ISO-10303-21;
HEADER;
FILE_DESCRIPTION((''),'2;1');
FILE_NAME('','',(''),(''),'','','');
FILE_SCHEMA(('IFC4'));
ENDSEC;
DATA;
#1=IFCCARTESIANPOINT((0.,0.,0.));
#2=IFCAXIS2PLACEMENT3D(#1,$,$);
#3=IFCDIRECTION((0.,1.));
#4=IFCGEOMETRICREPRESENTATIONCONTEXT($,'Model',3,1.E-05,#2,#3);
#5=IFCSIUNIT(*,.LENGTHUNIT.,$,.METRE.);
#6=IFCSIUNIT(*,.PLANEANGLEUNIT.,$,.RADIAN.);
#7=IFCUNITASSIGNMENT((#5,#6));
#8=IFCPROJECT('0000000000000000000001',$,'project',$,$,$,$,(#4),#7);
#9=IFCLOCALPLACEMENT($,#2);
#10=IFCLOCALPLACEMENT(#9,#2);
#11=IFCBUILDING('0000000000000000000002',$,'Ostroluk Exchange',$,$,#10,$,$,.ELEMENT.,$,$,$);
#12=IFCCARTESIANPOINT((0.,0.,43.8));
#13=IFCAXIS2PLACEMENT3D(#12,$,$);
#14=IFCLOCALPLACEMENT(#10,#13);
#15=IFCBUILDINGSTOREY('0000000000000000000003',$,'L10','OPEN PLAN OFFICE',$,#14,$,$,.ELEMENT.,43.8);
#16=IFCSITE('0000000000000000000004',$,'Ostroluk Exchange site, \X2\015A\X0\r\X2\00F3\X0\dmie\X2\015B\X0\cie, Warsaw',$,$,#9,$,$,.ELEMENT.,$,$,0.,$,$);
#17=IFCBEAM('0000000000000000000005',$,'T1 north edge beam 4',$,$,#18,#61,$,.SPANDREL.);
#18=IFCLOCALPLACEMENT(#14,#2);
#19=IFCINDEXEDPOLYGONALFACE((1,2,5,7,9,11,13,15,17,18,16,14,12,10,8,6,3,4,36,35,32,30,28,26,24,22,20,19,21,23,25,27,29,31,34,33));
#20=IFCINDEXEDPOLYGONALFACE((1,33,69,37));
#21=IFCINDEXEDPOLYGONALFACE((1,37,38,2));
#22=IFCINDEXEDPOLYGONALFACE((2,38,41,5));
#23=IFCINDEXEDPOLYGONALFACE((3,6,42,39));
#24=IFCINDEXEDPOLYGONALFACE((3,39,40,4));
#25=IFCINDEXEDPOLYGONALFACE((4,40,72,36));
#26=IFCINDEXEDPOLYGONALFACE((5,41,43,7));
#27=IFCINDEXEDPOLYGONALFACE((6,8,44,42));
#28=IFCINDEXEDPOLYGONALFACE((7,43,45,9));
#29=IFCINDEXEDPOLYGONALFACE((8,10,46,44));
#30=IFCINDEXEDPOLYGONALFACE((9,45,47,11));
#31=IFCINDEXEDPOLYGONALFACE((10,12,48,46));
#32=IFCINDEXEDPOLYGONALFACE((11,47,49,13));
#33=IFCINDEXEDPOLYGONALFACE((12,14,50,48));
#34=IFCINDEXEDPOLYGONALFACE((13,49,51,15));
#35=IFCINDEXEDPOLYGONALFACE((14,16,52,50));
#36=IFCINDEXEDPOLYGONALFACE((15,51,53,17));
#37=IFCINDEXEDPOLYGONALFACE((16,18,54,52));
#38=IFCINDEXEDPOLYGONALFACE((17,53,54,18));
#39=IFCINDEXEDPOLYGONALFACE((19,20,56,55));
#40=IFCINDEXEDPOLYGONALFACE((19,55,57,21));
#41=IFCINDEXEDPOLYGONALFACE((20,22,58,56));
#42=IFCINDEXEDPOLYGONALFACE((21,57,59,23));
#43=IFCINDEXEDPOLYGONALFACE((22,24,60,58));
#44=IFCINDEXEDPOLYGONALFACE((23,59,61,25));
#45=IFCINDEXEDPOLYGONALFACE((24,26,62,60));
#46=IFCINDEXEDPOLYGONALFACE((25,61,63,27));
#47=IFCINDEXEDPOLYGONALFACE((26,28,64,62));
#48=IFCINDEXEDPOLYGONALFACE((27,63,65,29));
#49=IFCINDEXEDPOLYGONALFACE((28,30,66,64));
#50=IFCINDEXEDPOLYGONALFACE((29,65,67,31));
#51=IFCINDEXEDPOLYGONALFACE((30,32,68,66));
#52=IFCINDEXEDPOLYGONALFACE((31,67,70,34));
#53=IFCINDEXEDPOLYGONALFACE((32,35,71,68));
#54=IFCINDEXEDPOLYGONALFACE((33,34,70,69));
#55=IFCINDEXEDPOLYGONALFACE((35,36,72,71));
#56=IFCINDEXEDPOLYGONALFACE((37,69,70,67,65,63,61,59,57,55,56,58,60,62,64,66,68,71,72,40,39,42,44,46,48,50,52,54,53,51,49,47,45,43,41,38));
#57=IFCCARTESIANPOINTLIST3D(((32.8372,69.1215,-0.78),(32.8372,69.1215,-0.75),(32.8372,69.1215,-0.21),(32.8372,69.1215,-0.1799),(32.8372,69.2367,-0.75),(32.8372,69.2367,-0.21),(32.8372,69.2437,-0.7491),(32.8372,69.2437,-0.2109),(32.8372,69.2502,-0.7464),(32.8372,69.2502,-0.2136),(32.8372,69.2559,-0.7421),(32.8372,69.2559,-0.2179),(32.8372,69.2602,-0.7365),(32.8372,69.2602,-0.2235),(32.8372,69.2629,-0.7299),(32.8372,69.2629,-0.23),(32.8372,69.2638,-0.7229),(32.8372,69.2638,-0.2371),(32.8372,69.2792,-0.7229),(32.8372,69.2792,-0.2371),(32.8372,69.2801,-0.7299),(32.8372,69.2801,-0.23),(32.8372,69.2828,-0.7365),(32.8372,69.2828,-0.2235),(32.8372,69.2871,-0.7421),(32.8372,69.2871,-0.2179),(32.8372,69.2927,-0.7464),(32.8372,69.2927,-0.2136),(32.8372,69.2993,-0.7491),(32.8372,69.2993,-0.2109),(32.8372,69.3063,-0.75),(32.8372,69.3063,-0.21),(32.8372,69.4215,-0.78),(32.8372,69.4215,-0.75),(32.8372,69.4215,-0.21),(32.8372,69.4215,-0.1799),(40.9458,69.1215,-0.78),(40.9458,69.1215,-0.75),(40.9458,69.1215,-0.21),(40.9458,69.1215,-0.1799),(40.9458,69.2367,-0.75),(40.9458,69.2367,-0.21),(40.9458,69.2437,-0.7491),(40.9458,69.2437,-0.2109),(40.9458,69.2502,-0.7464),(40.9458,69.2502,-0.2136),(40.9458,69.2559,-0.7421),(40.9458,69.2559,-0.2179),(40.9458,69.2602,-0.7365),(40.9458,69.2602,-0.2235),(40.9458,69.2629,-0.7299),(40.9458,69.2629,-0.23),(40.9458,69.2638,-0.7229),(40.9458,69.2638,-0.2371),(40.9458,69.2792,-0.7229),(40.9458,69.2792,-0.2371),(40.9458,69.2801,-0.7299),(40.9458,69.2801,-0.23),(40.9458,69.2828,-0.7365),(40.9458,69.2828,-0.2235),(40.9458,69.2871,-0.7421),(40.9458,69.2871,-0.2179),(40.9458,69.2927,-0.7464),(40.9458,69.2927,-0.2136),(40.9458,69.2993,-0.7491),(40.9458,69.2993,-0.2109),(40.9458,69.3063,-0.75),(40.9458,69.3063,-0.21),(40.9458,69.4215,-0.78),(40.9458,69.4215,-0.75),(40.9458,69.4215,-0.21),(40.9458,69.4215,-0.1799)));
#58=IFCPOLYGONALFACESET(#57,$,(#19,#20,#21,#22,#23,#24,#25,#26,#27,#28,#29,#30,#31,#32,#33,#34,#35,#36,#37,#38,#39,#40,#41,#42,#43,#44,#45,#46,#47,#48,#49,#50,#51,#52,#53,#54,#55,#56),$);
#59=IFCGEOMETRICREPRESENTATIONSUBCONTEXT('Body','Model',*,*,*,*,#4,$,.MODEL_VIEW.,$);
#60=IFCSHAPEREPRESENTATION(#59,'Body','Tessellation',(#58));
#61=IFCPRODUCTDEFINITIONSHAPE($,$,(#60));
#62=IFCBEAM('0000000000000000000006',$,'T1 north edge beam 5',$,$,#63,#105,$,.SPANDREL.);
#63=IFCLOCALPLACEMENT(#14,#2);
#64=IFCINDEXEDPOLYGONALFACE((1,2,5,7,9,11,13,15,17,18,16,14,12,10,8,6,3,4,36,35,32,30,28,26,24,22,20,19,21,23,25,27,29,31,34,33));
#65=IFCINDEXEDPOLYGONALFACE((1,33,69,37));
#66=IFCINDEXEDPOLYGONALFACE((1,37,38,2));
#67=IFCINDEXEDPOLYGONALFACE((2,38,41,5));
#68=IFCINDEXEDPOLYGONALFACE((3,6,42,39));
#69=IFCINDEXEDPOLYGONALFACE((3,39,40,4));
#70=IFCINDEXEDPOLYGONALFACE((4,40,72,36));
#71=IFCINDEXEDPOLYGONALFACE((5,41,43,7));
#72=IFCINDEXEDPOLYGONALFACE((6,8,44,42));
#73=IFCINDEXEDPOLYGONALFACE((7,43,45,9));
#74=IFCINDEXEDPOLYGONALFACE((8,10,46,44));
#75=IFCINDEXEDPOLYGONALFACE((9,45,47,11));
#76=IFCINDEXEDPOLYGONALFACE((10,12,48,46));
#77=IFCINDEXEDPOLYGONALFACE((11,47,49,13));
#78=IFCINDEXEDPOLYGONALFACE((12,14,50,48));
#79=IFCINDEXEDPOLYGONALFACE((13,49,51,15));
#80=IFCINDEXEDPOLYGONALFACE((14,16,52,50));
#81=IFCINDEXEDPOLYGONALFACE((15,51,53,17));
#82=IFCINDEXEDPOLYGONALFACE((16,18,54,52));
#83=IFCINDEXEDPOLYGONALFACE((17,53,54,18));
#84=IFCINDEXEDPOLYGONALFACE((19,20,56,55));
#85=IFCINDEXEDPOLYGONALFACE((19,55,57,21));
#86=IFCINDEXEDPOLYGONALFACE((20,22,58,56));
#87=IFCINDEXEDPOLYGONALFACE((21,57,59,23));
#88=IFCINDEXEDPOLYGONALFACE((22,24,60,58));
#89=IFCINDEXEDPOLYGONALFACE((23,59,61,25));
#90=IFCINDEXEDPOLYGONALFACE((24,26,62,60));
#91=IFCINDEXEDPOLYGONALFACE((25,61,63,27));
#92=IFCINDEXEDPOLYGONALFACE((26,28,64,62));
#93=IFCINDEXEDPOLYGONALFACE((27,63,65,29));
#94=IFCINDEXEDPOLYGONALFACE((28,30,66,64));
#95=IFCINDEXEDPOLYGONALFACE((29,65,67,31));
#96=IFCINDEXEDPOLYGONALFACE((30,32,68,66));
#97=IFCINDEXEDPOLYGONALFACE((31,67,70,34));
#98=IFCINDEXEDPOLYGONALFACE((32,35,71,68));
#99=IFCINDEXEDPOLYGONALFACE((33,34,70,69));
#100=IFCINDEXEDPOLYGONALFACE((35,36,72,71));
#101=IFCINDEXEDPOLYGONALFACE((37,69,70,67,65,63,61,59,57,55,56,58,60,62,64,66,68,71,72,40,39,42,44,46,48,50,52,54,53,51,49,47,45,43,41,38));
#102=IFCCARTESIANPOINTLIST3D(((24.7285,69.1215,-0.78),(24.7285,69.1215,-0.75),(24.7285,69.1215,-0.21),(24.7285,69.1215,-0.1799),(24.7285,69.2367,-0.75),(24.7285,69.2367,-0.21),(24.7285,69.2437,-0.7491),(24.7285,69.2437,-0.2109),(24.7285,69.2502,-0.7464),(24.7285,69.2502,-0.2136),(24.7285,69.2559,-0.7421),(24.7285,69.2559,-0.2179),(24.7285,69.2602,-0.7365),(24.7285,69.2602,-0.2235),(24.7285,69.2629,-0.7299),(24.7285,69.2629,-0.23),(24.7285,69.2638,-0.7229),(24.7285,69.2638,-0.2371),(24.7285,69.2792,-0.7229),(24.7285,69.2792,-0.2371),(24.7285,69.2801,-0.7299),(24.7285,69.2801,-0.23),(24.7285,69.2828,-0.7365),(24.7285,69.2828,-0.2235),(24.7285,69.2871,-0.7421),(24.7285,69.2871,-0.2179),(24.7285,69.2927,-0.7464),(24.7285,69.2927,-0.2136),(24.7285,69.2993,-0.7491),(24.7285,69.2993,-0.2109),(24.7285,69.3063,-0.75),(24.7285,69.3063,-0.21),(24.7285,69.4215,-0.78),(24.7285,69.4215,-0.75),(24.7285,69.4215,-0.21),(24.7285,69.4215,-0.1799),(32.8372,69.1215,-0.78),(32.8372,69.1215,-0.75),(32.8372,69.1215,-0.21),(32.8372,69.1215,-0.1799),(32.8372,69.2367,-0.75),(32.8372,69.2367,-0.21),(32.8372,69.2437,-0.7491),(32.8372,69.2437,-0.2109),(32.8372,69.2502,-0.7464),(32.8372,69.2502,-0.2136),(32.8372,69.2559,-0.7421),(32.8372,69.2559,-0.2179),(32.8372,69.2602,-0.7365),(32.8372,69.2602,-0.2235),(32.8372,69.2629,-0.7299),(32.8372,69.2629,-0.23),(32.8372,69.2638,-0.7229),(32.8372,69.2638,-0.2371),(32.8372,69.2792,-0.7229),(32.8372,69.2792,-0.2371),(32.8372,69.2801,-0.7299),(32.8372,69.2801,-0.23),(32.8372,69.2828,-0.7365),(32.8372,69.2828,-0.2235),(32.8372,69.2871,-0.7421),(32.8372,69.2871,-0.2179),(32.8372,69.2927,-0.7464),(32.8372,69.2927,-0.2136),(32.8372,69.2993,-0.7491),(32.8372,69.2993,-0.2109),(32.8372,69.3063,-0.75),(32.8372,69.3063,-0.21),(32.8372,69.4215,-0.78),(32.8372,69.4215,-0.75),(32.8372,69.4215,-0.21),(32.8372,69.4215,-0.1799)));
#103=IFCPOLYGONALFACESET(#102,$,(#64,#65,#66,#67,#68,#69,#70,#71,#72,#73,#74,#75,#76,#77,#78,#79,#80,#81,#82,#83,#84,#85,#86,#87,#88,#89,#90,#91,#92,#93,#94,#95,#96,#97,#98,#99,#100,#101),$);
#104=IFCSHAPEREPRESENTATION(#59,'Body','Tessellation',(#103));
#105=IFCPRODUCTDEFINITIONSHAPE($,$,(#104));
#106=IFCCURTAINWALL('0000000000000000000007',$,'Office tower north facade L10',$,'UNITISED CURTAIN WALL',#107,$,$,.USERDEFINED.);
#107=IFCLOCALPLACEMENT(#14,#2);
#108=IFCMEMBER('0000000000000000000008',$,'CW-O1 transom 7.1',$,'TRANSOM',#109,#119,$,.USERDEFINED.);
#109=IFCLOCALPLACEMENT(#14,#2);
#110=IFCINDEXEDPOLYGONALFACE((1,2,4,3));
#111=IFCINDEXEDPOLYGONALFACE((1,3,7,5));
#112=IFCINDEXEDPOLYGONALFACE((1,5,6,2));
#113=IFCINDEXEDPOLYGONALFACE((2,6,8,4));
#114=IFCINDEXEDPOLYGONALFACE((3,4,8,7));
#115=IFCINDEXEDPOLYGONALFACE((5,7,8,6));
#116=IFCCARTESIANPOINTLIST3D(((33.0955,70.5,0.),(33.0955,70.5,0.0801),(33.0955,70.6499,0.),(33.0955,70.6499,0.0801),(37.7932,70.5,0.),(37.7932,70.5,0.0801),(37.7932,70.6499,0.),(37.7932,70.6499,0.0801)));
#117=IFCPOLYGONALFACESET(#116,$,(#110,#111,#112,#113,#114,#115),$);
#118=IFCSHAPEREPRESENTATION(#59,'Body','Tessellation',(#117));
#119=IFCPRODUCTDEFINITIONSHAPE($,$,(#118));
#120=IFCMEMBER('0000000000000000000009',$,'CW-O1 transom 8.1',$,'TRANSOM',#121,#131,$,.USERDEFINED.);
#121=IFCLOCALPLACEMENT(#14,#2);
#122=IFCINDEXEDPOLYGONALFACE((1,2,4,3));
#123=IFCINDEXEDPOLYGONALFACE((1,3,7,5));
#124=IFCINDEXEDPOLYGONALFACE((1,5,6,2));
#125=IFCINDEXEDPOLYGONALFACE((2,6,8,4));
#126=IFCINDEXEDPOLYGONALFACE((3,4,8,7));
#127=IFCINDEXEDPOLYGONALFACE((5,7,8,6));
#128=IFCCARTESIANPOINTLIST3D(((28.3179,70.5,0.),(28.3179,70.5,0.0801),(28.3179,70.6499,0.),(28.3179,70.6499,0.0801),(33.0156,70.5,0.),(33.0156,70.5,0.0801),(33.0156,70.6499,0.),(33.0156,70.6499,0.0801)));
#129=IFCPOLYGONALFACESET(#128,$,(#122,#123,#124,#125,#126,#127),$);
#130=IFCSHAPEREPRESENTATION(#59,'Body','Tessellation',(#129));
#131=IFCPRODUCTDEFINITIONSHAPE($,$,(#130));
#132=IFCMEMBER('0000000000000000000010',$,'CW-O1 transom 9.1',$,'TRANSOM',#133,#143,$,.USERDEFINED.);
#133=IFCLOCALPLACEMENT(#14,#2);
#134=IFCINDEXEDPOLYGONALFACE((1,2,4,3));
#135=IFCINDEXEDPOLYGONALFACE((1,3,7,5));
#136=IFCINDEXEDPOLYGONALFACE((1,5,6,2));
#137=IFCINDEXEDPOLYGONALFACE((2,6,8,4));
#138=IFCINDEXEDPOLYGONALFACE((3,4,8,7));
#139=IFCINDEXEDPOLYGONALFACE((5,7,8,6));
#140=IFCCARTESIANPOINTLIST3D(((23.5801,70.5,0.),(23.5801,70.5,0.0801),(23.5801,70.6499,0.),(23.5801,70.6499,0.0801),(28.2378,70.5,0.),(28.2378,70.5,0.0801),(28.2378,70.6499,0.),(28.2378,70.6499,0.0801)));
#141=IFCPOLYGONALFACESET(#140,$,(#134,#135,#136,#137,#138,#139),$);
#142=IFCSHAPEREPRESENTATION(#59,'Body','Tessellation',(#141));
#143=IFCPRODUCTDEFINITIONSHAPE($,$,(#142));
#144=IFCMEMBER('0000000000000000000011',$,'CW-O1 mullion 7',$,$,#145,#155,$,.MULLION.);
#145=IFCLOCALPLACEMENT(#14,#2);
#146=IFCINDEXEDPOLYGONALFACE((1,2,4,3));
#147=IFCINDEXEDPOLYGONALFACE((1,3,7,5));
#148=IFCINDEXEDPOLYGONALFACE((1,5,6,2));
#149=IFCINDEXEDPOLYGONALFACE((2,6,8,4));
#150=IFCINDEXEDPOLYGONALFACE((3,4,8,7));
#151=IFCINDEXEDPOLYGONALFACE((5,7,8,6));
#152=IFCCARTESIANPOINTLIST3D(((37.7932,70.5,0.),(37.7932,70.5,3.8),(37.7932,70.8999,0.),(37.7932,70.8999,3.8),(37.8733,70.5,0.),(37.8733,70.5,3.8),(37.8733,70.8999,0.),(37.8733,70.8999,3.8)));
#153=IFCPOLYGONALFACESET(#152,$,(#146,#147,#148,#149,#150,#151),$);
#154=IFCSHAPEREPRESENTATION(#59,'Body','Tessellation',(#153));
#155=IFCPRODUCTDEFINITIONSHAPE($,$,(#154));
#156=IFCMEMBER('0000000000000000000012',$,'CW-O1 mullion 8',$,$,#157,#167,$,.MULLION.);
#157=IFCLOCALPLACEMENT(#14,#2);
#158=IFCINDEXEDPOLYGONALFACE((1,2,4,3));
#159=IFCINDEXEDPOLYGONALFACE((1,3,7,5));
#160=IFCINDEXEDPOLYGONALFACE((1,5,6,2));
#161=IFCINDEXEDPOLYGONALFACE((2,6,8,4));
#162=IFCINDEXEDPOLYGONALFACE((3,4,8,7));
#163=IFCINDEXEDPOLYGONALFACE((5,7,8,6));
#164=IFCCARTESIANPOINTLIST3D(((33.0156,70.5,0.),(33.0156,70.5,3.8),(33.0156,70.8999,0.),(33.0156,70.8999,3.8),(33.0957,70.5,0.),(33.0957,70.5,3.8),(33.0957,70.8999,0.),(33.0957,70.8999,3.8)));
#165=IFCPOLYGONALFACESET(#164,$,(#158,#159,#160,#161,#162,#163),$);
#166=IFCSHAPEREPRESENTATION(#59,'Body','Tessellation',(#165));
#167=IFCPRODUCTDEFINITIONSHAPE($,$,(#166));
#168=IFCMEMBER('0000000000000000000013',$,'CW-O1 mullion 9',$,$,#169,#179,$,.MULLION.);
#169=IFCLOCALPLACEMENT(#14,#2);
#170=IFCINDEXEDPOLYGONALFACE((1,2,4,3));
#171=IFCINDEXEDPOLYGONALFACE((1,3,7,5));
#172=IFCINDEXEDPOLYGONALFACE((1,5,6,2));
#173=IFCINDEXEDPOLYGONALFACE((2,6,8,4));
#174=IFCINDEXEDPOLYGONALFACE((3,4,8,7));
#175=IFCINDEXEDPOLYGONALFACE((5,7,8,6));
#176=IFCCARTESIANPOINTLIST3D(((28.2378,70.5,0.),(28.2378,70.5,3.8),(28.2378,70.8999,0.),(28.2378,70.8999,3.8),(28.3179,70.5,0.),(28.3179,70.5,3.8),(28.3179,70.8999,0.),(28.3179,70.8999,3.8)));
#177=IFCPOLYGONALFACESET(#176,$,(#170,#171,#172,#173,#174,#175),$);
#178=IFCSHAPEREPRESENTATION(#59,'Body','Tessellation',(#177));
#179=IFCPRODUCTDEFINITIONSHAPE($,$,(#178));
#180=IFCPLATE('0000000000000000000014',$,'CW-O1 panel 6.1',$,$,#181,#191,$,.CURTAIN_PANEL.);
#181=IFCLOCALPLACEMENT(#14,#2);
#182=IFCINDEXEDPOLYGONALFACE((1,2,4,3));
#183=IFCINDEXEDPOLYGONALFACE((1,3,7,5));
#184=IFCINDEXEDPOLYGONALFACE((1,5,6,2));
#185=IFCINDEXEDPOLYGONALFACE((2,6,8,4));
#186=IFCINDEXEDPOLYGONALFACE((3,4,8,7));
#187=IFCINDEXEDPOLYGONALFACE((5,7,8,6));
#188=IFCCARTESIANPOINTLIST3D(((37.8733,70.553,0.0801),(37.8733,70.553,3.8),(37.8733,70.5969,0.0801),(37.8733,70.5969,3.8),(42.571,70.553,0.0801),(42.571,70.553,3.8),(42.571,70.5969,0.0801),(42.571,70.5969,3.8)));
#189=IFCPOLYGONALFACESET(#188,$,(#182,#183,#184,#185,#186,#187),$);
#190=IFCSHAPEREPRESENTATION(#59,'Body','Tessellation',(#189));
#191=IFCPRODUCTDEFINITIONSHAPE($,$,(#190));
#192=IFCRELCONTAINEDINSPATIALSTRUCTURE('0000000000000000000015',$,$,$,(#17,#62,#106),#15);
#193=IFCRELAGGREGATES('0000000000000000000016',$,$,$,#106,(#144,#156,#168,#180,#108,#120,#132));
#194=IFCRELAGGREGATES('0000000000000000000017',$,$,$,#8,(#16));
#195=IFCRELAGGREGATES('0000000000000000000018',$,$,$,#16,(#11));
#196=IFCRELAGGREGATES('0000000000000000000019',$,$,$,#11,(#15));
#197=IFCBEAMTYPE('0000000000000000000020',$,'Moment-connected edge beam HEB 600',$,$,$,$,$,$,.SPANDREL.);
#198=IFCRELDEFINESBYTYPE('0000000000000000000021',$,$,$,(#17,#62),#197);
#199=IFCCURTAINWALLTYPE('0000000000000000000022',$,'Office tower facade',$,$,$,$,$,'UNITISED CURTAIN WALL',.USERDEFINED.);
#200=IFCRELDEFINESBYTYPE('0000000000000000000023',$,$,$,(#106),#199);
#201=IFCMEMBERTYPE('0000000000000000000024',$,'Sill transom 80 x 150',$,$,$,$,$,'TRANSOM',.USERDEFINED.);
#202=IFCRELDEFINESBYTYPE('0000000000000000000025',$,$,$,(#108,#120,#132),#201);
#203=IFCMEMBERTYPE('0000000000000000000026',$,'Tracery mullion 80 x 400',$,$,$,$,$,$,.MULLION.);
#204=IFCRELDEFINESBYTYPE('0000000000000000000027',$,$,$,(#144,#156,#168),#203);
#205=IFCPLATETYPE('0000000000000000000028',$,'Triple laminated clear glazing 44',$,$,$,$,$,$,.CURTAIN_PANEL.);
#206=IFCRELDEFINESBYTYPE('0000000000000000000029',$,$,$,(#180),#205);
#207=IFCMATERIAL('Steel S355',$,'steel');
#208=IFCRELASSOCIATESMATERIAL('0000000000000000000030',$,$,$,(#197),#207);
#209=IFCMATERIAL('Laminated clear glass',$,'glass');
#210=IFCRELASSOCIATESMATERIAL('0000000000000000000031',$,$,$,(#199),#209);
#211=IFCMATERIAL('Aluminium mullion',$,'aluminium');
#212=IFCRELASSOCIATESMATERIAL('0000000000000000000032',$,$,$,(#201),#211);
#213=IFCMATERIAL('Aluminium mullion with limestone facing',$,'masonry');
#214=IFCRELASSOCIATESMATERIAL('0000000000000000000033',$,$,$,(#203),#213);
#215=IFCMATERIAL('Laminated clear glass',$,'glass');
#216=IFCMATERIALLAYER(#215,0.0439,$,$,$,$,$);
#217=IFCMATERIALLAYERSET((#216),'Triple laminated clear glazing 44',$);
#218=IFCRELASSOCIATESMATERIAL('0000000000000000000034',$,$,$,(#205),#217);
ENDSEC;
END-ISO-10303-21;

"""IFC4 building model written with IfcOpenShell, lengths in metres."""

from ifc_helpers import new_model, si_unit, direction, frame, origin, origin_2d, place, context, subcontext, project, spatial, rectangle, i_section, extrude, material, layer, layer_set, material_profile, profile_set, type_object, element, aggregate, save


model = new_model("IFC4")

# Units and contexts
model_context = context("Model", 3, precision=1e-05, world=origin(), true_north=direction((0.0, 1.0)))
body_context = subcontext(model_context, "Body", "Model", "MODEL_VIEW")
ifc_project = project(units=[si_unit("LENGTHUNIT", "METRE"), si_unit("PLANEANGLEUNIT", "RADIAN")], contexts=[model_context])

# Site, building, storey
site_placement = place(None, origin())
site = spatial("IfcSite", under=ifc_project, at=site_placement, Name="Ostroluk Exchange site, Śródmieście, Warsaw", CompositionType="ELEMENT", RefElevation=0.0)
building_placement = place(site_placement, origin())
building = spatial("IfcBuilding", under=site, at=building_placement, Name="Ostroluk Exchange", CompositionType="ELEMENT")
storey_placement = place(building_placement, frame((0.0, 0.0, 43.8)))
storey = spatial("IfcBuildingStorey", under=building, at=storey_placement, Name="L10", Description="OPEN PLAN OFFICE", CompositionType="ELEMENT", Elevation=43.8)

# Beams
ifc_material_1 = material(Name="Steel S355", Category="steel")
ifc_material_profile_1 = material_profile(ifc_material_1, i_section(OverallWidth=0.3, OverallDepth=0.6001, WebThickness=0.0154, FlangeThickness=0.03, FilletRadius=0.0271, at=origin_2d()), Name="HEB 600")
ifc_profile_set_1 = profile_set([ifc_material_profile_1], Name="Steel S355")
beam_type_1 = type_object("IfcBeamType", Name="Moment-connected edge beam HEB 600", PredefinedType="SPANDREL", material=ifc_profile_set_1)
for number, where, z_axis, x_axis, name in (
    (1, (40.9458, 69.2715, -0.48), (-1.0, 0.0, 0.0), (0.0, -1.0, 0.0), "T1 north edge beam 4"),
    (2, (32.8372, 69.2715, -0.48), (-1.0, 0.0, 0.0), (0.0, -1.0, 0.0), "T1 north edge beam 5"),
):
    element("IfcBeam", number, at=place(storey_placement, frame(where, z_axis=z_axis, x_axis=x_axis)), inside=storey, type_object=beam_type_1, Name=name, PredefinedType="SPANDREL", context=body_context, shape_type="SweptSolid", body=[
        extrude(i_section(OverallWidth=0.3, OverallDepth=0.6001, WebThickness=0.0154, FlangeThickness=0.03, FilletRadius=0.0271, at=origin_2d()), origin(), (0.0, 0.0, 1.0), 8.1086),
    ])

# Curtain wall, members, plate
ifc_material_2 = material(Name="Laminated clear glass", Category="glass")
curtain_wall_type = type_object("IfcCurtainWallType", Name="Office tower facade", ElementType="UNITISED CURTAIN WALL", PredefinedType="USERDEFINED", material=ifc_material_2)
curtain_wall_placement = place(storey_placement, origin())
curtain_wall = element("IfcCurtainWall", 3, at=curtain_wall_placement, inside=storey, type_object=curtain_wall_type, Name="Office tower north facade L10", ObjectType="UNITISED CURTAIN WALL", PredefinedType="USERDEFINED")
ifc_material_3 = material(Name="Aluminium mullion", Category="aluminium")
ifc_material_profile_2 = material_profile(ifc_material_3, rectangle(XDim=0.1499, YDim=0.0801, at=origin_2d()), Name="Sill transom 80 x 150")
ifc_profile_set_2 = profile_set([ifc_material_profile_2], Name="Aluminium mullion")
member_type_1 = type_object("IfcMemberType", Name="Sill transom 80 x 150", ElementType="TRANSOM", PredefinedType="USERDEFINED", material=ifc_profile_set_2)
member_1_placement = place(storey_placement, frame((37.7932, 70.575, 0.04), z_axis=(-1.0, 0.0, 0.0), x_axis=(0.0, -1.0, 0.0)))
member_1 = element("IfcMember", 4, at=member_1_placement, type_object=member_type_1, Name="CW-O1 transom 7.1", ObjectType="TRANSOM", PredefinedType="USERDEFINED", context=body_context, shape_type="SweptSolid", body=[
    extrude(rectangle(XDim=0.1499, YDim=0.0801, at=origin_2d()), origin(), (0.0, 0.0, 1.0), 4.6978),
])
member_2_placement = place(storey_placement, frame((33.0156, 70.575, 0.04), z_axis=(-1.0, 0.0, 0.0), x_axis=(0.0, -1.0, 0.0)))
member_2 = element("IfcMember", 5, at=member_2_placement, type_object=member_type_1, Name="CW-O1 transom 8.1", ObjectType="TRANSOM", PredefinedType="USERDEFINED", context=body_context, shape_type="SweptSolid", body=[
    extrude(rectangle(XDim=0.1499, YDim=0.0801, at=origin_2d()), origin(), (0.0, 0.0, 1.0), 4.6978),
])
member_3_placement = place(storey_placement, frame((28.2378, 70.575, 0.04), z_axis=(-1.0, 0.0, 0.0), x_axis=(0.0, -1.0, 0.0)))
member_3 = element("IfcMember", 6, at=member_3_placement, type_object=member_type_1, Name="CW-O1 transom 9.1", ObjectType="TRANSOM", PredefinedType="USERDEFINED", context=body_context, shape_type="SweptSolid", body=[
    extrude(rectangle(XDim=0.1499, YDim=0.0801, at=origin_2d()), origin(), (0.0, 0.0, 1.0), 4.6577),
])
ifc_material_4 = material(Name="Aluminium mullion with limestone facing", Category="masonry")
ifc_material_profile_3 = material_profile(ifc_material_4, rectangle(XDim=0.3999, YDim=0.0801, at=origin_2d()), Name="Tracery mullion 80 x 400")
ifc_profile_set_3 = profile_set([ifc_material_profile_3], Name="Aluminium mullion with limestone facing")
member_type_2 = type_object("IfcMemberType", Name="Tracery mullion 80 x 400", PredefinedType="MULLION", material=ifc_profile_set_3)
member_4_placement = place(storey_placement, frame((37.8333, 70.7, 0.0), z_axis=(0.0, 0.0, 1.0), x_axis=(0.0, -1.0, 0.0)))
member_4 = element("IfcMember", 7, at=member_4_placement, type_object=member_type_2, Name="CW-O1 mullion 7", PredefinedType="MULLION", context=body_context, shape_type="SweptSolid", body=[
    extrude(rectangle(XDim=0.3999, YDim=0.0801, at=origin_2d()), origin(), (0.0, 0.0, 1.0), 3.8),
])
member_5_placement = place(storey_placement, frame((33.0557, 70.7, 0.0), z_axis=(0.0, 0.0, 1.0), x_axis=(0.0, -1.0, 0.0)))
member_5 = element("IfcMember", 8, at=member_5_placement, type_object=member_type_2, Name="CW-O1 mullion 8", PredefinedType="MULLION", context=body_context, shape_type="SweptSolid", body=[
    extrude(rectangle(XDim=0.3999, YDim=0.0801, at=origin_2d()), origin(), (0.0, 0.0, 1.0), 3.8),
])
member_6_placement = place(storey_placement, frame((28.2778, 70.7, 0.0), z_axis=(0.0, 0.0, 1.0), x_axis=(0.0, -1.0, 0.0)))
member_6 = element("IfcMember", 9, at=member_6_placement, type_object=member_type_2, Name="CW-O1 mullion 9", PredefinedType="MULLION", context=body_context, shape_type="SweptSolid", body=[
    extrude(rectangle(XDim=0.3999, YDim=0.0801, at=origin_2d()), origin(), (0.0, 0.0, 1.0), 3.8),
])
ifc_material_5 = material(Name="Laminated clear glass", Category="glass")
ifc_layer_1 = layer(ifc_material_5, 0.0439)
ifc_layer_set_1 = layer_set([ifc_layer_1], Name="Triple laminated clear glazing 44")
plate_type = type_object("IfcPlateType", Name="Triple laminated clear glazing 44", PredefinedType="CURTAIN_PANEL", material=ifc_layer_set_1)
plate_1_placement = place(storey_placement, frame((40.2222, 70.575, 0.0801), z_axis=(0.0, 0.0, 1.0), x_axis=(-1.0, 0.0, 0.0)))
plate_1 = element("IfcPlate", 10, at=plate_1_placement, type_object=plate_type, Name="CW-O1 panel 6.1", PredefinedType="CURTAIN_PANEL", context=body_context, shape_type="SweptSolid", body=[
    extrude(rectangle(XDim=4.6978, YDim=0.0439, at=origin_2d()), origin(), (0.0, 0.0, 1.0), 3.72),
])
aggregate(curtain_wall, [member_4, member_5, member_6, plate_1, member_1, member_2, member_3])

save(model, "model.ifc")
